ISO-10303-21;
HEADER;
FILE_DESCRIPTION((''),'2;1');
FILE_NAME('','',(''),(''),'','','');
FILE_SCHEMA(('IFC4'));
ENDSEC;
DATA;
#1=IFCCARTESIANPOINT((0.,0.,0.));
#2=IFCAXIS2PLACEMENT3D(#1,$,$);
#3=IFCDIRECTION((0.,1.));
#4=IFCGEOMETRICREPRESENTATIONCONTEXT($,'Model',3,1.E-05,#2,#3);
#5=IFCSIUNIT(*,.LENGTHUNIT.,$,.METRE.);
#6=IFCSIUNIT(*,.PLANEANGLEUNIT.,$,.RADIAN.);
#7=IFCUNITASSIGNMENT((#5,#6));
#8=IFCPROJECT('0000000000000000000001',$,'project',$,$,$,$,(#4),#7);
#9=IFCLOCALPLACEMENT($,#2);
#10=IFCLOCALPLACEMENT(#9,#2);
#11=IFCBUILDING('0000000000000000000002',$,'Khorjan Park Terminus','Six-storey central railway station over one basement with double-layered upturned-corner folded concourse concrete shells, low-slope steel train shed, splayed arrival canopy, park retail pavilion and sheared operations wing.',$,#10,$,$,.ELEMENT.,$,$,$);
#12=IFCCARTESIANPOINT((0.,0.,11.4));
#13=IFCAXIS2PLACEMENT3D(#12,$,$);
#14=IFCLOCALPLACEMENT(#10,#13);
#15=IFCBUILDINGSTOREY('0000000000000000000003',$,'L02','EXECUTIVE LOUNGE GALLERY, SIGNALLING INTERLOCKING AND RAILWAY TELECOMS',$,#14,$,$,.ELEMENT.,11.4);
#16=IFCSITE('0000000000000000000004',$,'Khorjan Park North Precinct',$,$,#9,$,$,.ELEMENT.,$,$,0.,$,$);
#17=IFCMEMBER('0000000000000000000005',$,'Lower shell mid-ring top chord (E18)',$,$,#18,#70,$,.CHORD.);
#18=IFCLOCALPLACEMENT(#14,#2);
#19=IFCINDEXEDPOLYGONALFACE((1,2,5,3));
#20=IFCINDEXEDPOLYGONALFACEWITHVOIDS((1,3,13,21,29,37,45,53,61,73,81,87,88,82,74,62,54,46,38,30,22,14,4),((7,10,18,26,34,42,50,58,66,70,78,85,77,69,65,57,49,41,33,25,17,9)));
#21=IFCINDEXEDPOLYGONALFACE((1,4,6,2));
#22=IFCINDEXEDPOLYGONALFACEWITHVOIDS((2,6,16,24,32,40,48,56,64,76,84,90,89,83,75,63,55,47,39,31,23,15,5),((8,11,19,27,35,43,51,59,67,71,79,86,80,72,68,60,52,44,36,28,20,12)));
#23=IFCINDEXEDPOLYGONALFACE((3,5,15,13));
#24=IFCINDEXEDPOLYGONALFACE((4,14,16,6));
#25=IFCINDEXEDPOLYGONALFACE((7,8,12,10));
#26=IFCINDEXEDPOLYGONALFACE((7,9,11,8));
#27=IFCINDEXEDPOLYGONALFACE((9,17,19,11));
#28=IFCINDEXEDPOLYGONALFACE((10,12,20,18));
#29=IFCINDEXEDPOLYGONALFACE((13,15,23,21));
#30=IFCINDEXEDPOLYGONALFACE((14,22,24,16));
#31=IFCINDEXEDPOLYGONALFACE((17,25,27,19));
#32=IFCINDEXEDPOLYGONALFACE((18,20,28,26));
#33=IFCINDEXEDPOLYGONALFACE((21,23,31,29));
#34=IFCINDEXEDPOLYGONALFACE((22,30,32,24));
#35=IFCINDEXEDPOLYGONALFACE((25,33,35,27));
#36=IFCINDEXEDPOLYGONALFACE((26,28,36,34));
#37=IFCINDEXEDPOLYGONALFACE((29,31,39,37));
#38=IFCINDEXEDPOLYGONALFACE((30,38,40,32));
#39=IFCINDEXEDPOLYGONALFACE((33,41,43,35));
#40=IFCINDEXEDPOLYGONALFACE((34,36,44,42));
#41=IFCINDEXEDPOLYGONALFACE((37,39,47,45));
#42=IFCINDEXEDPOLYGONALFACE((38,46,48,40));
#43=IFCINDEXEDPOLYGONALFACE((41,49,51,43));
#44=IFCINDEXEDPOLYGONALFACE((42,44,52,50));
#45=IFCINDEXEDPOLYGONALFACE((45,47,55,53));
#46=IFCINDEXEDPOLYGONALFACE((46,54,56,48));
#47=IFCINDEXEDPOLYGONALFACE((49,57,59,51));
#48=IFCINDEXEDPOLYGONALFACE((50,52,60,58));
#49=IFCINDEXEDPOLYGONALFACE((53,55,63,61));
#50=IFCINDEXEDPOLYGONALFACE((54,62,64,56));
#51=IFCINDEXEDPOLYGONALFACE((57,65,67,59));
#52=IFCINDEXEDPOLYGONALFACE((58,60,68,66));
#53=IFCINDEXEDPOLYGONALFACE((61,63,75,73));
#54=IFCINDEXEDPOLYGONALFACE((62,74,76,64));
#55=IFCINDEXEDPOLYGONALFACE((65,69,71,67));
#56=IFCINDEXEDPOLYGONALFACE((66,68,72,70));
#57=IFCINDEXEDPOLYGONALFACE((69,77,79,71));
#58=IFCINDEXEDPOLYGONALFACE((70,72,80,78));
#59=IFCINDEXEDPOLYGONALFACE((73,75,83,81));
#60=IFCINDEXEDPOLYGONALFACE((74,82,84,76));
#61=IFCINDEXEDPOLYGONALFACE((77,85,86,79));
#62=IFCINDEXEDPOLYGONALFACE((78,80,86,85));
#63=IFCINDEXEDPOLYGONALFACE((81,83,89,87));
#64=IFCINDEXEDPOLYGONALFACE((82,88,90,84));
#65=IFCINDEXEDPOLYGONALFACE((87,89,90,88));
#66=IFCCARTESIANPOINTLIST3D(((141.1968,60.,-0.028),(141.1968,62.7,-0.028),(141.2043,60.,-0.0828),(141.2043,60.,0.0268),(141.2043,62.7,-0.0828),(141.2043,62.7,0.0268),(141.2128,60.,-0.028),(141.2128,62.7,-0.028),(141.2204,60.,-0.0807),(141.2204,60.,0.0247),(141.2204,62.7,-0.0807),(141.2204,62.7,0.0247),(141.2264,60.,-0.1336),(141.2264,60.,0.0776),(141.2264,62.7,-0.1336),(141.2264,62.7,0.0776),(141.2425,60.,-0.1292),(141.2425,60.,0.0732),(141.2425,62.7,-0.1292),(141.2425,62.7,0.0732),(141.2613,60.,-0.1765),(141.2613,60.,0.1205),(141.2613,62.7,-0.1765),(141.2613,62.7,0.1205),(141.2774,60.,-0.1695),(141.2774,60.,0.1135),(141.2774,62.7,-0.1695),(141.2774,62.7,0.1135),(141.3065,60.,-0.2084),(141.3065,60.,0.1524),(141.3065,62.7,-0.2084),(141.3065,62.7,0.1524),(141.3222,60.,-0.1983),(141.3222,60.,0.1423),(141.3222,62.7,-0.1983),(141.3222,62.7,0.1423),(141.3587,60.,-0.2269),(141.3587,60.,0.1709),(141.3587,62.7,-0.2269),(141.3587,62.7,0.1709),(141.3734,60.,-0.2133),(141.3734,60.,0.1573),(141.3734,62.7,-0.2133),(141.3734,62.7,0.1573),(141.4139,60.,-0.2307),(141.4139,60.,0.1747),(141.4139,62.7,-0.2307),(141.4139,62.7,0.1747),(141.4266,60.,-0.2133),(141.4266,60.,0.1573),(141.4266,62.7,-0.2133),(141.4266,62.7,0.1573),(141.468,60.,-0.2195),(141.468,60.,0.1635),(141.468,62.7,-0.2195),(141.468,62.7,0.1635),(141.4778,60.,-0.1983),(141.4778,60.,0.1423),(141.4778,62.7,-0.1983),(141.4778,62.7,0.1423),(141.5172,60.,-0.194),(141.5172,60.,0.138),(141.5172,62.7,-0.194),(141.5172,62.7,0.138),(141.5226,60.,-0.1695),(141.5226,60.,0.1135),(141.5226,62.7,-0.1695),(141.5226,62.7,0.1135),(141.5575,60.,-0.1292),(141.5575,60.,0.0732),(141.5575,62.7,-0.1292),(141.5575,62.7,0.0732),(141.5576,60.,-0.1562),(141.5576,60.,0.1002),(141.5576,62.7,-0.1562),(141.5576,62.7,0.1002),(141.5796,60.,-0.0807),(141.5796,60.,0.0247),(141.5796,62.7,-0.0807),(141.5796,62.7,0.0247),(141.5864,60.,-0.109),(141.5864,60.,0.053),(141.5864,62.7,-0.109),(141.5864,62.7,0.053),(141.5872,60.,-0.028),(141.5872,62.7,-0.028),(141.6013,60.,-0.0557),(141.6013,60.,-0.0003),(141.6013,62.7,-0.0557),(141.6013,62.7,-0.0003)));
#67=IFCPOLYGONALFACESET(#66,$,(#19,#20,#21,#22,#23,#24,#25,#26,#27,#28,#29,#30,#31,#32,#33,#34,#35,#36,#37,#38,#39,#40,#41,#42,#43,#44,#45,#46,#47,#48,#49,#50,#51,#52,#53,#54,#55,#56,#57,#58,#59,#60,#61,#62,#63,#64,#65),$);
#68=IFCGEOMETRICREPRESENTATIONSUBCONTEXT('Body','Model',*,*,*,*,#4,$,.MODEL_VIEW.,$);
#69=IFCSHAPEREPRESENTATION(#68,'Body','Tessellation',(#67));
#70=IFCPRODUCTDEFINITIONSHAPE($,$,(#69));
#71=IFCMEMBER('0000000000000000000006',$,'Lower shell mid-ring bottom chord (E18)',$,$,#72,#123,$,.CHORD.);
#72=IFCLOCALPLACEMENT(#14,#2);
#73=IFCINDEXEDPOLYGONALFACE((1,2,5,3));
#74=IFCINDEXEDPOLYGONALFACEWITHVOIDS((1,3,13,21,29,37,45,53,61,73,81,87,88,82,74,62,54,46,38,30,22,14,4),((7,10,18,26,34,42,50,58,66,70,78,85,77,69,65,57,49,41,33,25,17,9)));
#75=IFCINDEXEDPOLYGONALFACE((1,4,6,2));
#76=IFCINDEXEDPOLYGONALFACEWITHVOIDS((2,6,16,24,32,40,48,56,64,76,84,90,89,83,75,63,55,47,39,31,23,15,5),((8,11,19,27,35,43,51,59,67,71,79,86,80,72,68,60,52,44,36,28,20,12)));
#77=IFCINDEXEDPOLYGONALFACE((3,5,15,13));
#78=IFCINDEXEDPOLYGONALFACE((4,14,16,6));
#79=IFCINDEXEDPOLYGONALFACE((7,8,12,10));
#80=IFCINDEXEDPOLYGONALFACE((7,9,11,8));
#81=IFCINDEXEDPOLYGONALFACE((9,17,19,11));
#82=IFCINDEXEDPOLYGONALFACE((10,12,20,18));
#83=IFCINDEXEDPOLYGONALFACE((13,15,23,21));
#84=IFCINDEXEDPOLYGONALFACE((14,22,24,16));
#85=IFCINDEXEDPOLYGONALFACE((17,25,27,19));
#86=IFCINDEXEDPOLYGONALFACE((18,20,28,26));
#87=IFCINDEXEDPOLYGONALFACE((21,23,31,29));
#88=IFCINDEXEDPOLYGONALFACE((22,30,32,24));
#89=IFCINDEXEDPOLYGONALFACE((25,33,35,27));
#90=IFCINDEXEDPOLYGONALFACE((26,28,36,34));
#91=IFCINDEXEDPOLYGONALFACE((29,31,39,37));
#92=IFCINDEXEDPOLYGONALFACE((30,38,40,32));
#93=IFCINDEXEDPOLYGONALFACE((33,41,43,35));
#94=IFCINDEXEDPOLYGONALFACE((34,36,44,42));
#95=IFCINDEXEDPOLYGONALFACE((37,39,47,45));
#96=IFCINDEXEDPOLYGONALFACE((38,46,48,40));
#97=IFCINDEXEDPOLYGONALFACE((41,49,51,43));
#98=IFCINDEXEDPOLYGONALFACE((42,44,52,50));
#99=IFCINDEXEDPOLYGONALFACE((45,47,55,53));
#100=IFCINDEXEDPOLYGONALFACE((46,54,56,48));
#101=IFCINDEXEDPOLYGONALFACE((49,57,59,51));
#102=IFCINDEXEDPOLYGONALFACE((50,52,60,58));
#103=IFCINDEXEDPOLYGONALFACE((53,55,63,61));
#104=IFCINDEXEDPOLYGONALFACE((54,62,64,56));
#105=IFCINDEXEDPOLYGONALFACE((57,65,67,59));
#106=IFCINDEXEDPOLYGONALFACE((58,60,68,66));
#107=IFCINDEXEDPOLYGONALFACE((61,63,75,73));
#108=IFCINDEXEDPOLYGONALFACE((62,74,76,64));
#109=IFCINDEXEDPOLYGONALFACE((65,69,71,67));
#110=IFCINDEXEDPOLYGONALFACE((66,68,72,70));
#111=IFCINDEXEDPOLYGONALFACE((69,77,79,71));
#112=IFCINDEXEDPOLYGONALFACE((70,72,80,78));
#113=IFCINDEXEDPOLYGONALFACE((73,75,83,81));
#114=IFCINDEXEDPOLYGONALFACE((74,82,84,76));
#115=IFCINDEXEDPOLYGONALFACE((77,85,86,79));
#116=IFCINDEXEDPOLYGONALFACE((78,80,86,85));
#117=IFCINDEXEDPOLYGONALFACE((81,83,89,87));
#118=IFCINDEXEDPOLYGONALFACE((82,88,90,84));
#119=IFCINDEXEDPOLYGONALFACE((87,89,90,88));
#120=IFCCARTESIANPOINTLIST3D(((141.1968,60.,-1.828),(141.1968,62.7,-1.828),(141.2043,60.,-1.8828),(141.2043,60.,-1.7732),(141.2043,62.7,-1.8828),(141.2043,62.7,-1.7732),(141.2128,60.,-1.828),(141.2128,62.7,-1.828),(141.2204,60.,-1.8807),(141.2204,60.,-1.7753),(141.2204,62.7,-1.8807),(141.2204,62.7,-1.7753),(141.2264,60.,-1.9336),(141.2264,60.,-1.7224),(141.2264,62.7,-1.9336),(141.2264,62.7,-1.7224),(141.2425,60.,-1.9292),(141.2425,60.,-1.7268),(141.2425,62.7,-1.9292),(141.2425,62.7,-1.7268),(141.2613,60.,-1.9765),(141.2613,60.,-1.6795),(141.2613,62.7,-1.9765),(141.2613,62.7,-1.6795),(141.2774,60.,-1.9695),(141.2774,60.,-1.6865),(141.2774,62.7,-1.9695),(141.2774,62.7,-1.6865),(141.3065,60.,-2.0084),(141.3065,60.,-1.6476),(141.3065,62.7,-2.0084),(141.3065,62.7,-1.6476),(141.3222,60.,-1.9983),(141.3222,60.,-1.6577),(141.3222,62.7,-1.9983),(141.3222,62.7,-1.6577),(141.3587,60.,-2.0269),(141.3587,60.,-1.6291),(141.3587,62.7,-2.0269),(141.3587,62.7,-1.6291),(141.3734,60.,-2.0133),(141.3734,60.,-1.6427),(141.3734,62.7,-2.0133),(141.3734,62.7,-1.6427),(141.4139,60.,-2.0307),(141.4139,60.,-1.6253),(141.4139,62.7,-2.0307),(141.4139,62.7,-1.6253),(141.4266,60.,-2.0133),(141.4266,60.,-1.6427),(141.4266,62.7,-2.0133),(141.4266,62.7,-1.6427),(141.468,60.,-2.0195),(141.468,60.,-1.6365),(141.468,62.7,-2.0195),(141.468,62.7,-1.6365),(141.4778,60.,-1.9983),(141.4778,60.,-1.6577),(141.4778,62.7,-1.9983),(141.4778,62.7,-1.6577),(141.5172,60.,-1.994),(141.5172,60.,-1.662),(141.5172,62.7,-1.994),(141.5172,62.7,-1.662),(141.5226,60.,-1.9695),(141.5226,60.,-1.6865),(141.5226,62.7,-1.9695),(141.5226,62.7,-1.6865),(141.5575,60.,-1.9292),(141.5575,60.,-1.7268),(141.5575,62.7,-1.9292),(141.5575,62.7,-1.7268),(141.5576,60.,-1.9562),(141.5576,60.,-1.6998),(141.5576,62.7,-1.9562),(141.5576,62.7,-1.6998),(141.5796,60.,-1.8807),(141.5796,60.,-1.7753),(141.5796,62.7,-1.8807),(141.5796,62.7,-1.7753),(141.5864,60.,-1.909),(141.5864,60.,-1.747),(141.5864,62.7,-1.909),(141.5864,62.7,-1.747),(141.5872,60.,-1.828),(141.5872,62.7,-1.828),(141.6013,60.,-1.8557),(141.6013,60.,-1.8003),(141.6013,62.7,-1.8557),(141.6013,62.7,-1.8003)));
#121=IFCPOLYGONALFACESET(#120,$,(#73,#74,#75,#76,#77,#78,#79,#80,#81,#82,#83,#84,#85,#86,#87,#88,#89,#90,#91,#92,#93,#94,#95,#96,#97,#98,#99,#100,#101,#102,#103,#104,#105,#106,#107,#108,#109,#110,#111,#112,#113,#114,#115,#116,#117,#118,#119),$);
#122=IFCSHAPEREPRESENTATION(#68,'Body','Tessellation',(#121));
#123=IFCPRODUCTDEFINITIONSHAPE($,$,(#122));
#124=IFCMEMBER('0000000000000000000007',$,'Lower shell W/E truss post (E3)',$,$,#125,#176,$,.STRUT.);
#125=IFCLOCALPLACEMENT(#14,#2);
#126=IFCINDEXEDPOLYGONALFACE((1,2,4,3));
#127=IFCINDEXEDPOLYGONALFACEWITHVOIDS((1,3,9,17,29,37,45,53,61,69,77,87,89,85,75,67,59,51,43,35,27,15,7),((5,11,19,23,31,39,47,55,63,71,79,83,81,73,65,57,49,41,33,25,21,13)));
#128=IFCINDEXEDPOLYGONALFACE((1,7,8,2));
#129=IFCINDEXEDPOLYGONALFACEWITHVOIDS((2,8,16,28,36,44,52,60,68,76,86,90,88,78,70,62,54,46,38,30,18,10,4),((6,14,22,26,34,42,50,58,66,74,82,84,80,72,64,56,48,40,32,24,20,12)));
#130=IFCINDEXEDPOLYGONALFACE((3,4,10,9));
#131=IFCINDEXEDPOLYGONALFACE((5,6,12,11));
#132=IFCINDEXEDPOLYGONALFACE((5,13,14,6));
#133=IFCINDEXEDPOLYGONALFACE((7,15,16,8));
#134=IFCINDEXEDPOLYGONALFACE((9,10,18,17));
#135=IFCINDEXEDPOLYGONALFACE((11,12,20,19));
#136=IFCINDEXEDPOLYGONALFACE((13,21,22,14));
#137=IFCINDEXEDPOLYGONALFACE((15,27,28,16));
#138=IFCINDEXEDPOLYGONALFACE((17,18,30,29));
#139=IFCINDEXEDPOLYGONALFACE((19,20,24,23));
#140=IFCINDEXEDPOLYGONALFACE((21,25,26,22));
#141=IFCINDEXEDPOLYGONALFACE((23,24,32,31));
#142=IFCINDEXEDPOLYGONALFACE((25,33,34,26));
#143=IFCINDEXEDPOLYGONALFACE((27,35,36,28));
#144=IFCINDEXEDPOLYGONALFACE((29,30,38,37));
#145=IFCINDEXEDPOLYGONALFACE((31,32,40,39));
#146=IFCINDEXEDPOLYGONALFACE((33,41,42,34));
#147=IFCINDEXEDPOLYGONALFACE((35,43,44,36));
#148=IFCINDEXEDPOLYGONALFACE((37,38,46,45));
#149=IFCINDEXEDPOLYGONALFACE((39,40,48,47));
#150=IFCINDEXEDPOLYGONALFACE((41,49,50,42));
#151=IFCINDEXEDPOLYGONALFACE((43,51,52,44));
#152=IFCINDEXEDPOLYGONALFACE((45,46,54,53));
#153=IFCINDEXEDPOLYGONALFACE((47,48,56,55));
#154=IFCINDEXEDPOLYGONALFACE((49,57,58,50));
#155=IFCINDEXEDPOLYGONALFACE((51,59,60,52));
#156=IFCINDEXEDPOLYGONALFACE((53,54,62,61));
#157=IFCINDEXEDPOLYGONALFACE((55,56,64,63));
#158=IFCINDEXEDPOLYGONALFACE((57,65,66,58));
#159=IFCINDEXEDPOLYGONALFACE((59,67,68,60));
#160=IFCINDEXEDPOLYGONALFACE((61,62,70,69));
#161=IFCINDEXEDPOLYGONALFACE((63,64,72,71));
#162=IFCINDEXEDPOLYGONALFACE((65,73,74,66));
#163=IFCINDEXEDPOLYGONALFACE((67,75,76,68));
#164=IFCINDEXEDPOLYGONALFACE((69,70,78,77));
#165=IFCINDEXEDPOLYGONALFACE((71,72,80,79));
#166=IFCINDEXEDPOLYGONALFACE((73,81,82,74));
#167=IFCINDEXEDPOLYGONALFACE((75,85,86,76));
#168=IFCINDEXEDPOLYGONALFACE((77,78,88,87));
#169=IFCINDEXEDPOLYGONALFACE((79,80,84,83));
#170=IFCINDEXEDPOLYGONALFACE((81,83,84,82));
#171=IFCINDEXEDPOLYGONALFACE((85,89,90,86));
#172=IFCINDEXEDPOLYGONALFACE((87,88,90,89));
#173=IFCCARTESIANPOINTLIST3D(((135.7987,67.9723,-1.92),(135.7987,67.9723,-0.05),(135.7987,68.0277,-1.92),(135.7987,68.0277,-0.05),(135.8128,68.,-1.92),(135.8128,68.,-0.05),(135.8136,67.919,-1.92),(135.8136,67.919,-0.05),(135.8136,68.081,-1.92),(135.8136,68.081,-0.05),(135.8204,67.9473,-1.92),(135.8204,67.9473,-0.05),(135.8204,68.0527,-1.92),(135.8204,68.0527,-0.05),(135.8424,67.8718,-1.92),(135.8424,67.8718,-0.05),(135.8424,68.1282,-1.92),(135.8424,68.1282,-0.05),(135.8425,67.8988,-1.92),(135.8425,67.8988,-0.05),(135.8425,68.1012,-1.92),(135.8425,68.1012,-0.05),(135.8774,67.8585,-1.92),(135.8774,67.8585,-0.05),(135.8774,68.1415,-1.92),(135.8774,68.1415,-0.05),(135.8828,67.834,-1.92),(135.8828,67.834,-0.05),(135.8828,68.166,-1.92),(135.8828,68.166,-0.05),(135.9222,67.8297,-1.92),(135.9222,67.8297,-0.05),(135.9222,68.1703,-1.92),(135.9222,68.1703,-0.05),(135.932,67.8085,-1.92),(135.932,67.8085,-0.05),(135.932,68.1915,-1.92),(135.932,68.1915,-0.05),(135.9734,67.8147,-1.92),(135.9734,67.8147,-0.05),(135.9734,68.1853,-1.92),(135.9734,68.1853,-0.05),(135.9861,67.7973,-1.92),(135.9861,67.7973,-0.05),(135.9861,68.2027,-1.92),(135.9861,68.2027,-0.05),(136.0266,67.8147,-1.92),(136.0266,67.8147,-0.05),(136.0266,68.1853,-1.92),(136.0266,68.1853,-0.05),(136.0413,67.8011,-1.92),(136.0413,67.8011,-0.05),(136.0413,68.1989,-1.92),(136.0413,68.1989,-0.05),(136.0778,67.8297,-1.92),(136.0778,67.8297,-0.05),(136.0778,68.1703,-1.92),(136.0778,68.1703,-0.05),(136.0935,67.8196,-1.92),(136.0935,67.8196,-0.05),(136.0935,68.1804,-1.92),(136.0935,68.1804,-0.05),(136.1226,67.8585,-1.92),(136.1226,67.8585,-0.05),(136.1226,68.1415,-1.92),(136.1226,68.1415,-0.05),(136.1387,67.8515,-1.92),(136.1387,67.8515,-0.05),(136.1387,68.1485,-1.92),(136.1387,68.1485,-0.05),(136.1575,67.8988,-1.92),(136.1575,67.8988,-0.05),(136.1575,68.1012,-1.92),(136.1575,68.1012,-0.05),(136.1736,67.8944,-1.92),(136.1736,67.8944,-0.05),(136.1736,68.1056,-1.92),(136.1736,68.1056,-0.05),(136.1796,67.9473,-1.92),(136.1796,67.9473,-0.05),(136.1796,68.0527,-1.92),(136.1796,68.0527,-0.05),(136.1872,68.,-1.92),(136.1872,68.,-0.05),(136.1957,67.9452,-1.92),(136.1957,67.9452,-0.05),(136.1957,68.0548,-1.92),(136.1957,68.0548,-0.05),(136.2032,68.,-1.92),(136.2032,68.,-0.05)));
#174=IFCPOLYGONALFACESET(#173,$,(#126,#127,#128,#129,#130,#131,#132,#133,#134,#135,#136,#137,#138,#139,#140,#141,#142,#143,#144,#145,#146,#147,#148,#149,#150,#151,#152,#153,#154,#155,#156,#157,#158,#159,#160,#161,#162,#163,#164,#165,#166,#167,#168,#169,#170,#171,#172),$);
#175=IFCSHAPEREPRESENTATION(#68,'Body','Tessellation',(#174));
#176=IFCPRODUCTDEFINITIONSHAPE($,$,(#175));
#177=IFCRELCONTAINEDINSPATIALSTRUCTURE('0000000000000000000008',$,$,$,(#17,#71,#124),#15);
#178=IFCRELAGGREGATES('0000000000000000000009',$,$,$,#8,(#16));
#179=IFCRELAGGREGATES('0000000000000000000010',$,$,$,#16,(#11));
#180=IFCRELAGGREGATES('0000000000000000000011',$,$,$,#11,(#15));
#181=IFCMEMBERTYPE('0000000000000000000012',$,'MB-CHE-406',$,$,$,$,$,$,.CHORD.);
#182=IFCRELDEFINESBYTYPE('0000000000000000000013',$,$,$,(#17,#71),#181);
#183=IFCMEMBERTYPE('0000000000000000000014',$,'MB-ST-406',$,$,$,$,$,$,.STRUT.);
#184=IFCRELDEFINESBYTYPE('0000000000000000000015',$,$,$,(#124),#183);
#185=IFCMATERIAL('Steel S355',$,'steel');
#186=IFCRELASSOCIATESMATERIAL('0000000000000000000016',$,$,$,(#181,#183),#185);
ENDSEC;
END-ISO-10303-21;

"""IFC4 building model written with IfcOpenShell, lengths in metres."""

from ifc_helpers import new_model, si_unit, direction, frame, origin, origin_2d, place, context, subcontext, project, spatial, hollow_circle, extrude, material, material_profile, profile_set, type_object, element, save


model = new_model("IFC4")

# Units and contexts
model_context = context("Model", 3, precision=1e-05, world=origin(), true_north=direction((0.0, 1.0)))
body_context = subcontext(model_context, "Body", "Model", "MODEL_VIEW")
ifc_project = project(units=[si_unit("LENGTHUNIT", "METRE"), si_unit("PLANEANGLEUNIT", "RADIAN")], contexts=[model_context])

# Site, building, storey
site_placement = place(None, origin())
site = spatial("IfcSite", under=ifc_project, at=site_placement, Name="Khorjan Park North Precinct", CompositionType="ELEMENT", RefElevation=0.0)
building_placement = place(site_placement, origin())
building = spatial("IfcBuilding", under=site, at=building_placement, Name="Khorjan Park Terminus", Description="Six-storey central railway station over one basement with double-layered upturned-corner folded concourse concrete shells, low-slope steel train shed, splayed arrival canopy, park retail pavilion and sheared operations wing.", CompositionType="ELEMENT")
storey_placement = place(building_placement, frame((0.0, 0.0, 11.4)))
storey = spatial("IfcBuildingStorey", under=building, at=storey_placement, Name="L02", Description="EXECUTIVE LOUNGE GALLERY, SIGNALLING INTERLOCKING AND RAILWAY TELECOMS", CompositionType="ELEMENT", Elevation=11.4)

# Members
ifc_material_1 = material(Name="Steel S355", Category="steel")
ifc_material_profile_1 = material_profile(ifc_material_1, hollow_circle(Radius=0.2032, WallThickness=0.016, at=origin_2d()), Name="CHS 406.4x16")
ifc_profile_set_1 = profile_set([ifc_material_profile_1], Name="Steel S355")
member_type_1 = type_object("IfcMemberType", Name="MB-CHE-406", PredefinedType="CHORD", material=ifc_profile_set_1)
for number, where, z_axis, x_axis, name in (
    (1, (141.4, 60.0, -0.028), (0.0, 1.0, 0.0), (-1.0, 0.0, 0.0), "Lower shell mid-ring top chord (E18)"),
    (2, (141.4, 60.0, -1.828), (0.0, 1.0, 0.0), (-1.0, 0.0, 0.0), "Lower shell mid-ring bottom chord (E18)"),
):
    element("IfcMember", number, at=place(storey_placement, frame(where, z_axis=z_axis, x_axis=x_axis)), inside=storey, type_object=member_type_1, Name=name, PredefinedType="CHORD", context=body_context, shape_type="SweptSolid", body=[
        extrude(hollow_circle(Radius=0.2032, WallThickness=0.016, at=origin_2d()), origin(), (0.0, 0.0, 1.0), 2.7),
    ])
ifc_material_profile_2 = material_profile(ifc_material_1, hollow_circle(Radius=0.2032, WallThickness=0.016, at=origin_2d()), Name="CHS 406.4x16")
ifc_profile_set_2 = profile_set([ifc_material_profile_2], Name="Steel S355")
member_type_2 = type_object("IfcMemberType", Name="MB-ST-406", PredefinedType="STRUT", material=ifc_profile_set_2)
member_1_placement = place(storey_placement, frame((136.0, 68.0, -1.92), z_axis=(0.0, 0.0, 1.0), x_axis=(1.0, 0.0, 0.0)))
element("IfcMember", 3, at=member_1_placement, inside=storey, type_object=member_type_2, Name="Lower shell W/E truss post (E3)", PredefinedType="STRUT", context=body_context, shape_type="SweptSolid", body=[
    extrude(hollow_circle(Radius=0.2032, WallThickness=0.016, at=origin_2d()), origin(), (0.0, 0.0, 1.0), 1.87),
])

save(model, "model.ifc")
